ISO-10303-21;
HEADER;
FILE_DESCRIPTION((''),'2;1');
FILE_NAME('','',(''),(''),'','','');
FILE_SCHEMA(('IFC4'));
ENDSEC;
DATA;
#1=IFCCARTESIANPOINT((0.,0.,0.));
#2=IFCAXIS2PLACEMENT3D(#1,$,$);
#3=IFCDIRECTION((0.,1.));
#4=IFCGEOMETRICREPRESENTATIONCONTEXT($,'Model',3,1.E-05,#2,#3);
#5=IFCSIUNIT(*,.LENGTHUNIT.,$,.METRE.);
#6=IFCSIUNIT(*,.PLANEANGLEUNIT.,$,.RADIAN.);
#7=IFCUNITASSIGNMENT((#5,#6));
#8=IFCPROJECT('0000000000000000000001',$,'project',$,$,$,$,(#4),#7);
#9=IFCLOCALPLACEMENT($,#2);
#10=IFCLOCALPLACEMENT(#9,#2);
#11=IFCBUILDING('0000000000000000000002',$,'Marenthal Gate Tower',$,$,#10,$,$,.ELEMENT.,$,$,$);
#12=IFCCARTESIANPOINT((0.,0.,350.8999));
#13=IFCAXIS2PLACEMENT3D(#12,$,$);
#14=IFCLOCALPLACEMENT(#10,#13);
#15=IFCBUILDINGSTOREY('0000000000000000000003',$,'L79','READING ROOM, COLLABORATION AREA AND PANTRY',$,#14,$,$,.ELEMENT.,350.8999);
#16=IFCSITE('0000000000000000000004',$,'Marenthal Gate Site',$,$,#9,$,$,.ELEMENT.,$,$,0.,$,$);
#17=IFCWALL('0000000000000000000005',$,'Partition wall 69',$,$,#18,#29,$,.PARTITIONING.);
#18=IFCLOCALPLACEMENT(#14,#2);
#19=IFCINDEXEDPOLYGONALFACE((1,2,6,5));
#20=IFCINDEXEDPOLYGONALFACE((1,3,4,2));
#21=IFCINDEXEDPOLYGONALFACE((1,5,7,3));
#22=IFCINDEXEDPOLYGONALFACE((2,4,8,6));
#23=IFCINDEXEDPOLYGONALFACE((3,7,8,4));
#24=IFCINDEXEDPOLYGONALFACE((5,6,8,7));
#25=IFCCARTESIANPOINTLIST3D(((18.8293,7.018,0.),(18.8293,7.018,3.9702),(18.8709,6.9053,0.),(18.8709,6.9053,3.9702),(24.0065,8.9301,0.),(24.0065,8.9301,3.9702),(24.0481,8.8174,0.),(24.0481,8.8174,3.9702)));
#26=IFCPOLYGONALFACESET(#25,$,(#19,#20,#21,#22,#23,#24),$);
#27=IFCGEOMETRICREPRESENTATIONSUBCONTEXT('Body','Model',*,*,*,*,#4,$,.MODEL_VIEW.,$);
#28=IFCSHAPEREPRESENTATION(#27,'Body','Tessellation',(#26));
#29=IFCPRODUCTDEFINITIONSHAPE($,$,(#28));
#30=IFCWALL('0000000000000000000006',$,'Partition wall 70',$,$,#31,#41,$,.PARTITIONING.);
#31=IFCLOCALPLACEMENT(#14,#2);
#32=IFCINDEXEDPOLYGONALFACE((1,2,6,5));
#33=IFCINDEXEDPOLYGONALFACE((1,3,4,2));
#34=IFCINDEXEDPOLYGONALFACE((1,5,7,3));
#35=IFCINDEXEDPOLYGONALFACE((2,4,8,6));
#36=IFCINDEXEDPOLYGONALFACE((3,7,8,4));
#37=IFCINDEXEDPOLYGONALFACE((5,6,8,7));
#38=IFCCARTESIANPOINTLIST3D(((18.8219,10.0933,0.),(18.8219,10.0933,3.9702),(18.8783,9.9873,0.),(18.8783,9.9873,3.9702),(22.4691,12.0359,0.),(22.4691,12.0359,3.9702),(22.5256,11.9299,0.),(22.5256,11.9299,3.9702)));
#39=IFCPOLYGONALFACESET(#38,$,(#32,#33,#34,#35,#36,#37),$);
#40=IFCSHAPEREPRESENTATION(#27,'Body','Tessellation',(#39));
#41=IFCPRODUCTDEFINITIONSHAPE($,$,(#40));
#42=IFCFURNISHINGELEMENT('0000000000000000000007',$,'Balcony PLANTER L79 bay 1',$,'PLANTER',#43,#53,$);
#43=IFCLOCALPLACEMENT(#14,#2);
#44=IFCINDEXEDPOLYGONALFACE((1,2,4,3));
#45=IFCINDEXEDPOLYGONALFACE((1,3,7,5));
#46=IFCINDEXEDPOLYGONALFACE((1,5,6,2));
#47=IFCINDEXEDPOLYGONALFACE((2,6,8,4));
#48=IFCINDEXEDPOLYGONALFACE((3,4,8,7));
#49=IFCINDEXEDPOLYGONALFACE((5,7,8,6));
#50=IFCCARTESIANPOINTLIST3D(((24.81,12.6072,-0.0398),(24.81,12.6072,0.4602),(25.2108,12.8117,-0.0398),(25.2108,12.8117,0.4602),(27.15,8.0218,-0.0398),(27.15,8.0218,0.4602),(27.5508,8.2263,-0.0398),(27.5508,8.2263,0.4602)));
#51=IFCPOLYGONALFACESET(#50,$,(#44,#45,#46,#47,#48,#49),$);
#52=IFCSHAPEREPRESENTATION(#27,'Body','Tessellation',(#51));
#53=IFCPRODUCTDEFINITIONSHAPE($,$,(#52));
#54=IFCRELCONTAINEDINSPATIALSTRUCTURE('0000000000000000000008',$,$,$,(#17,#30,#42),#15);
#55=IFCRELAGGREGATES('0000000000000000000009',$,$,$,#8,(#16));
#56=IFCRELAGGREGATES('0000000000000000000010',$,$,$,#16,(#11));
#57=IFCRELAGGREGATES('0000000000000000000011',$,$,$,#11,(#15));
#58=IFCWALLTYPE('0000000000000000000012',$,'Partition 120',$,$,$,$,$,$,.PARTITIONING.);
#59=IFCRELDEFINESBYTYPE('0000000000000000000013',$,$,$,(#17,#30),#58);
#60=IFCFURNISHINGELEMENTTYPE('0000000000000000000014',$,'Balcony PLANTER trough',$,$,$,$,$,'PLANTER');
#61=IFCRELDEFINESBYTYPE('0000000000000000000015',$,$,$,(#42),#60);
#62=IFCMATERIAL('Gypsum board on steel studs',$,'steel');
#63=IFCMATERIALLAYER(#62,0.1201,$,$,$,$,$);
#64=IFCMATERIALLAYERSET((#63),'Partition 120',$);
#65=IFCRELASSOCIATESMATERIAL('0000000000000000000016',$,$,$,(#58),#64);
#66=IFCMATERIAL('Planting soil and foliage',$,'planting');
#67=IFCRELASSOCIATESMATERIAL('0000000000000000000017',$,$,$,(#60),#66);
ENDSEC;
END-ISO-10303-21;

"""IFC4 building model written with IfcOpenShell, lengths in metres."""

from ifc_helpers import new_model, si_unit, direction, frame, frame_2d, origin, origin_2d, place, context, subcontext, project, spatial, rectangle, extrude, material, layer, layer_set, type_object, element, save


model = new_model("IFC4")

# Units and contexts
model_context = context("Model", 3, precision=1e-05, world=origin(), true_north=direction((0.0, 1.0)))
body_context = subcontext(model_context, "Body", "Model", "MODEL_VIEW")
ifc_project = project(units=[si_unit("LENGTHUNIT", "METRE"), si_unit("PLANEANGLEUNIT", "RADIAN")], contexts=[model_context])

# Site, building, storey
site_placement = place(None, origin())
site = spatial("IfcSite", under=ifc_project, at=site_placement, Name="Marenthal Gate Site", CompositionType="ELEMENT", RefElevation=0.0)
building_placement = place(site_placement, origin())
building = spatial("IfcBuilding", under=site, at=building_placement, Name="Marenthal Gate Tower", CompositionType="ELEMENT")
storey_placement = place(building_placement, frame((0.0, 0.0, 350.8999)))
storey = spatial("IfcBuildingStorey", under=building, at=storey_placement, Name="L79", Description="READING ROOM, COLLABORATION AREA AND PANTRY", CompositionType="ELEMENT", Elevation=350.8999)

# Walls
ifc_material_1 = material(Name="Gypsum board on steel studs", Category="steel")
ifc_layer_1 = layer(ifc_material_1, 0.1201)
ifc_layer_set_1 = layer_set([ifc_layer_1], Name="Partition 120")
wall_type_1 = type_object("IfcWallType", Name="Partition 120", PredefinedType="PARTITIONING", material=ifc_layer_set_1)
wall_1_placement = place(storey_placement, frame((18.8501, 6.9617, 0.0), z_axis=(0.0, 0.0, 1.0), x_axis=(0.938066, 0.346456, 0.0)))
element("IfcWall", 1, at=wall_1_placement, inside=storey, type_object=wall_type_1, Name="Partition wall 69", PredefinedType="PARTITIONING", context=body_context, shape_type="SweptSolid", body=[
    extrude(rectangle(XDim=5.519, YDim=0.1201, at=frame_2d((2.7595, 0.0))), origin(), (0.0, 0.0, 1.0), 3.9702),
])
wall_2_placement = place(storey_placement, frame((18.8501, 10.0403, 0.0), z_axis=(0.0, 0.0, 1.0), x_axis=(0.88261, 0.470107, 0.0)))
element("IfcWall", 2, at=wall_2_placement, inside=storey, type_object=wall_type_1, Name="Partition wall 70", PredefinedType="PARTITIONING", context=body_context, shape_type="SweptSolid", body=[
    extrude(rectangle(XDim=4.1323, YDim=0.1201, at=frame_2d((2.0662, 0.0))), origin(), (0.0, 0.0, 1.0), 3.9702),
])

# Furnishing element
ifc_material_2 = material(Name="Planting soil and foliage", Category="planting")
furnishing_element_type = type_object("IfcFurnishingElementType", Name="Balcony PLANTER trough", ElementType="PLANTER", material=ifc_material_2)
furnishing_placement = place(storey_placement, frame((26.1804, 10.4167, -0.0398), z_axis=(0.0, 0.0, 1.0), x_axis=(-0.454546, 0.890723, 0.0)))
element("IfcFurnishingElement", 3, at=furnishing_placement, inside=storey, type_object=furnishing_element_type, Name="Balcony PLANTER L79 bay 1", ObjectType="PLANTER", context=body_context, shape_type="SweptSolid", body=[
    extrude(rectangle(XDim=5.1479, YDim=0.45, at=origin_2d()), origin(), (0.0, 0.0, 1.0), 0.5),
])

save(model, "model.ifc")
